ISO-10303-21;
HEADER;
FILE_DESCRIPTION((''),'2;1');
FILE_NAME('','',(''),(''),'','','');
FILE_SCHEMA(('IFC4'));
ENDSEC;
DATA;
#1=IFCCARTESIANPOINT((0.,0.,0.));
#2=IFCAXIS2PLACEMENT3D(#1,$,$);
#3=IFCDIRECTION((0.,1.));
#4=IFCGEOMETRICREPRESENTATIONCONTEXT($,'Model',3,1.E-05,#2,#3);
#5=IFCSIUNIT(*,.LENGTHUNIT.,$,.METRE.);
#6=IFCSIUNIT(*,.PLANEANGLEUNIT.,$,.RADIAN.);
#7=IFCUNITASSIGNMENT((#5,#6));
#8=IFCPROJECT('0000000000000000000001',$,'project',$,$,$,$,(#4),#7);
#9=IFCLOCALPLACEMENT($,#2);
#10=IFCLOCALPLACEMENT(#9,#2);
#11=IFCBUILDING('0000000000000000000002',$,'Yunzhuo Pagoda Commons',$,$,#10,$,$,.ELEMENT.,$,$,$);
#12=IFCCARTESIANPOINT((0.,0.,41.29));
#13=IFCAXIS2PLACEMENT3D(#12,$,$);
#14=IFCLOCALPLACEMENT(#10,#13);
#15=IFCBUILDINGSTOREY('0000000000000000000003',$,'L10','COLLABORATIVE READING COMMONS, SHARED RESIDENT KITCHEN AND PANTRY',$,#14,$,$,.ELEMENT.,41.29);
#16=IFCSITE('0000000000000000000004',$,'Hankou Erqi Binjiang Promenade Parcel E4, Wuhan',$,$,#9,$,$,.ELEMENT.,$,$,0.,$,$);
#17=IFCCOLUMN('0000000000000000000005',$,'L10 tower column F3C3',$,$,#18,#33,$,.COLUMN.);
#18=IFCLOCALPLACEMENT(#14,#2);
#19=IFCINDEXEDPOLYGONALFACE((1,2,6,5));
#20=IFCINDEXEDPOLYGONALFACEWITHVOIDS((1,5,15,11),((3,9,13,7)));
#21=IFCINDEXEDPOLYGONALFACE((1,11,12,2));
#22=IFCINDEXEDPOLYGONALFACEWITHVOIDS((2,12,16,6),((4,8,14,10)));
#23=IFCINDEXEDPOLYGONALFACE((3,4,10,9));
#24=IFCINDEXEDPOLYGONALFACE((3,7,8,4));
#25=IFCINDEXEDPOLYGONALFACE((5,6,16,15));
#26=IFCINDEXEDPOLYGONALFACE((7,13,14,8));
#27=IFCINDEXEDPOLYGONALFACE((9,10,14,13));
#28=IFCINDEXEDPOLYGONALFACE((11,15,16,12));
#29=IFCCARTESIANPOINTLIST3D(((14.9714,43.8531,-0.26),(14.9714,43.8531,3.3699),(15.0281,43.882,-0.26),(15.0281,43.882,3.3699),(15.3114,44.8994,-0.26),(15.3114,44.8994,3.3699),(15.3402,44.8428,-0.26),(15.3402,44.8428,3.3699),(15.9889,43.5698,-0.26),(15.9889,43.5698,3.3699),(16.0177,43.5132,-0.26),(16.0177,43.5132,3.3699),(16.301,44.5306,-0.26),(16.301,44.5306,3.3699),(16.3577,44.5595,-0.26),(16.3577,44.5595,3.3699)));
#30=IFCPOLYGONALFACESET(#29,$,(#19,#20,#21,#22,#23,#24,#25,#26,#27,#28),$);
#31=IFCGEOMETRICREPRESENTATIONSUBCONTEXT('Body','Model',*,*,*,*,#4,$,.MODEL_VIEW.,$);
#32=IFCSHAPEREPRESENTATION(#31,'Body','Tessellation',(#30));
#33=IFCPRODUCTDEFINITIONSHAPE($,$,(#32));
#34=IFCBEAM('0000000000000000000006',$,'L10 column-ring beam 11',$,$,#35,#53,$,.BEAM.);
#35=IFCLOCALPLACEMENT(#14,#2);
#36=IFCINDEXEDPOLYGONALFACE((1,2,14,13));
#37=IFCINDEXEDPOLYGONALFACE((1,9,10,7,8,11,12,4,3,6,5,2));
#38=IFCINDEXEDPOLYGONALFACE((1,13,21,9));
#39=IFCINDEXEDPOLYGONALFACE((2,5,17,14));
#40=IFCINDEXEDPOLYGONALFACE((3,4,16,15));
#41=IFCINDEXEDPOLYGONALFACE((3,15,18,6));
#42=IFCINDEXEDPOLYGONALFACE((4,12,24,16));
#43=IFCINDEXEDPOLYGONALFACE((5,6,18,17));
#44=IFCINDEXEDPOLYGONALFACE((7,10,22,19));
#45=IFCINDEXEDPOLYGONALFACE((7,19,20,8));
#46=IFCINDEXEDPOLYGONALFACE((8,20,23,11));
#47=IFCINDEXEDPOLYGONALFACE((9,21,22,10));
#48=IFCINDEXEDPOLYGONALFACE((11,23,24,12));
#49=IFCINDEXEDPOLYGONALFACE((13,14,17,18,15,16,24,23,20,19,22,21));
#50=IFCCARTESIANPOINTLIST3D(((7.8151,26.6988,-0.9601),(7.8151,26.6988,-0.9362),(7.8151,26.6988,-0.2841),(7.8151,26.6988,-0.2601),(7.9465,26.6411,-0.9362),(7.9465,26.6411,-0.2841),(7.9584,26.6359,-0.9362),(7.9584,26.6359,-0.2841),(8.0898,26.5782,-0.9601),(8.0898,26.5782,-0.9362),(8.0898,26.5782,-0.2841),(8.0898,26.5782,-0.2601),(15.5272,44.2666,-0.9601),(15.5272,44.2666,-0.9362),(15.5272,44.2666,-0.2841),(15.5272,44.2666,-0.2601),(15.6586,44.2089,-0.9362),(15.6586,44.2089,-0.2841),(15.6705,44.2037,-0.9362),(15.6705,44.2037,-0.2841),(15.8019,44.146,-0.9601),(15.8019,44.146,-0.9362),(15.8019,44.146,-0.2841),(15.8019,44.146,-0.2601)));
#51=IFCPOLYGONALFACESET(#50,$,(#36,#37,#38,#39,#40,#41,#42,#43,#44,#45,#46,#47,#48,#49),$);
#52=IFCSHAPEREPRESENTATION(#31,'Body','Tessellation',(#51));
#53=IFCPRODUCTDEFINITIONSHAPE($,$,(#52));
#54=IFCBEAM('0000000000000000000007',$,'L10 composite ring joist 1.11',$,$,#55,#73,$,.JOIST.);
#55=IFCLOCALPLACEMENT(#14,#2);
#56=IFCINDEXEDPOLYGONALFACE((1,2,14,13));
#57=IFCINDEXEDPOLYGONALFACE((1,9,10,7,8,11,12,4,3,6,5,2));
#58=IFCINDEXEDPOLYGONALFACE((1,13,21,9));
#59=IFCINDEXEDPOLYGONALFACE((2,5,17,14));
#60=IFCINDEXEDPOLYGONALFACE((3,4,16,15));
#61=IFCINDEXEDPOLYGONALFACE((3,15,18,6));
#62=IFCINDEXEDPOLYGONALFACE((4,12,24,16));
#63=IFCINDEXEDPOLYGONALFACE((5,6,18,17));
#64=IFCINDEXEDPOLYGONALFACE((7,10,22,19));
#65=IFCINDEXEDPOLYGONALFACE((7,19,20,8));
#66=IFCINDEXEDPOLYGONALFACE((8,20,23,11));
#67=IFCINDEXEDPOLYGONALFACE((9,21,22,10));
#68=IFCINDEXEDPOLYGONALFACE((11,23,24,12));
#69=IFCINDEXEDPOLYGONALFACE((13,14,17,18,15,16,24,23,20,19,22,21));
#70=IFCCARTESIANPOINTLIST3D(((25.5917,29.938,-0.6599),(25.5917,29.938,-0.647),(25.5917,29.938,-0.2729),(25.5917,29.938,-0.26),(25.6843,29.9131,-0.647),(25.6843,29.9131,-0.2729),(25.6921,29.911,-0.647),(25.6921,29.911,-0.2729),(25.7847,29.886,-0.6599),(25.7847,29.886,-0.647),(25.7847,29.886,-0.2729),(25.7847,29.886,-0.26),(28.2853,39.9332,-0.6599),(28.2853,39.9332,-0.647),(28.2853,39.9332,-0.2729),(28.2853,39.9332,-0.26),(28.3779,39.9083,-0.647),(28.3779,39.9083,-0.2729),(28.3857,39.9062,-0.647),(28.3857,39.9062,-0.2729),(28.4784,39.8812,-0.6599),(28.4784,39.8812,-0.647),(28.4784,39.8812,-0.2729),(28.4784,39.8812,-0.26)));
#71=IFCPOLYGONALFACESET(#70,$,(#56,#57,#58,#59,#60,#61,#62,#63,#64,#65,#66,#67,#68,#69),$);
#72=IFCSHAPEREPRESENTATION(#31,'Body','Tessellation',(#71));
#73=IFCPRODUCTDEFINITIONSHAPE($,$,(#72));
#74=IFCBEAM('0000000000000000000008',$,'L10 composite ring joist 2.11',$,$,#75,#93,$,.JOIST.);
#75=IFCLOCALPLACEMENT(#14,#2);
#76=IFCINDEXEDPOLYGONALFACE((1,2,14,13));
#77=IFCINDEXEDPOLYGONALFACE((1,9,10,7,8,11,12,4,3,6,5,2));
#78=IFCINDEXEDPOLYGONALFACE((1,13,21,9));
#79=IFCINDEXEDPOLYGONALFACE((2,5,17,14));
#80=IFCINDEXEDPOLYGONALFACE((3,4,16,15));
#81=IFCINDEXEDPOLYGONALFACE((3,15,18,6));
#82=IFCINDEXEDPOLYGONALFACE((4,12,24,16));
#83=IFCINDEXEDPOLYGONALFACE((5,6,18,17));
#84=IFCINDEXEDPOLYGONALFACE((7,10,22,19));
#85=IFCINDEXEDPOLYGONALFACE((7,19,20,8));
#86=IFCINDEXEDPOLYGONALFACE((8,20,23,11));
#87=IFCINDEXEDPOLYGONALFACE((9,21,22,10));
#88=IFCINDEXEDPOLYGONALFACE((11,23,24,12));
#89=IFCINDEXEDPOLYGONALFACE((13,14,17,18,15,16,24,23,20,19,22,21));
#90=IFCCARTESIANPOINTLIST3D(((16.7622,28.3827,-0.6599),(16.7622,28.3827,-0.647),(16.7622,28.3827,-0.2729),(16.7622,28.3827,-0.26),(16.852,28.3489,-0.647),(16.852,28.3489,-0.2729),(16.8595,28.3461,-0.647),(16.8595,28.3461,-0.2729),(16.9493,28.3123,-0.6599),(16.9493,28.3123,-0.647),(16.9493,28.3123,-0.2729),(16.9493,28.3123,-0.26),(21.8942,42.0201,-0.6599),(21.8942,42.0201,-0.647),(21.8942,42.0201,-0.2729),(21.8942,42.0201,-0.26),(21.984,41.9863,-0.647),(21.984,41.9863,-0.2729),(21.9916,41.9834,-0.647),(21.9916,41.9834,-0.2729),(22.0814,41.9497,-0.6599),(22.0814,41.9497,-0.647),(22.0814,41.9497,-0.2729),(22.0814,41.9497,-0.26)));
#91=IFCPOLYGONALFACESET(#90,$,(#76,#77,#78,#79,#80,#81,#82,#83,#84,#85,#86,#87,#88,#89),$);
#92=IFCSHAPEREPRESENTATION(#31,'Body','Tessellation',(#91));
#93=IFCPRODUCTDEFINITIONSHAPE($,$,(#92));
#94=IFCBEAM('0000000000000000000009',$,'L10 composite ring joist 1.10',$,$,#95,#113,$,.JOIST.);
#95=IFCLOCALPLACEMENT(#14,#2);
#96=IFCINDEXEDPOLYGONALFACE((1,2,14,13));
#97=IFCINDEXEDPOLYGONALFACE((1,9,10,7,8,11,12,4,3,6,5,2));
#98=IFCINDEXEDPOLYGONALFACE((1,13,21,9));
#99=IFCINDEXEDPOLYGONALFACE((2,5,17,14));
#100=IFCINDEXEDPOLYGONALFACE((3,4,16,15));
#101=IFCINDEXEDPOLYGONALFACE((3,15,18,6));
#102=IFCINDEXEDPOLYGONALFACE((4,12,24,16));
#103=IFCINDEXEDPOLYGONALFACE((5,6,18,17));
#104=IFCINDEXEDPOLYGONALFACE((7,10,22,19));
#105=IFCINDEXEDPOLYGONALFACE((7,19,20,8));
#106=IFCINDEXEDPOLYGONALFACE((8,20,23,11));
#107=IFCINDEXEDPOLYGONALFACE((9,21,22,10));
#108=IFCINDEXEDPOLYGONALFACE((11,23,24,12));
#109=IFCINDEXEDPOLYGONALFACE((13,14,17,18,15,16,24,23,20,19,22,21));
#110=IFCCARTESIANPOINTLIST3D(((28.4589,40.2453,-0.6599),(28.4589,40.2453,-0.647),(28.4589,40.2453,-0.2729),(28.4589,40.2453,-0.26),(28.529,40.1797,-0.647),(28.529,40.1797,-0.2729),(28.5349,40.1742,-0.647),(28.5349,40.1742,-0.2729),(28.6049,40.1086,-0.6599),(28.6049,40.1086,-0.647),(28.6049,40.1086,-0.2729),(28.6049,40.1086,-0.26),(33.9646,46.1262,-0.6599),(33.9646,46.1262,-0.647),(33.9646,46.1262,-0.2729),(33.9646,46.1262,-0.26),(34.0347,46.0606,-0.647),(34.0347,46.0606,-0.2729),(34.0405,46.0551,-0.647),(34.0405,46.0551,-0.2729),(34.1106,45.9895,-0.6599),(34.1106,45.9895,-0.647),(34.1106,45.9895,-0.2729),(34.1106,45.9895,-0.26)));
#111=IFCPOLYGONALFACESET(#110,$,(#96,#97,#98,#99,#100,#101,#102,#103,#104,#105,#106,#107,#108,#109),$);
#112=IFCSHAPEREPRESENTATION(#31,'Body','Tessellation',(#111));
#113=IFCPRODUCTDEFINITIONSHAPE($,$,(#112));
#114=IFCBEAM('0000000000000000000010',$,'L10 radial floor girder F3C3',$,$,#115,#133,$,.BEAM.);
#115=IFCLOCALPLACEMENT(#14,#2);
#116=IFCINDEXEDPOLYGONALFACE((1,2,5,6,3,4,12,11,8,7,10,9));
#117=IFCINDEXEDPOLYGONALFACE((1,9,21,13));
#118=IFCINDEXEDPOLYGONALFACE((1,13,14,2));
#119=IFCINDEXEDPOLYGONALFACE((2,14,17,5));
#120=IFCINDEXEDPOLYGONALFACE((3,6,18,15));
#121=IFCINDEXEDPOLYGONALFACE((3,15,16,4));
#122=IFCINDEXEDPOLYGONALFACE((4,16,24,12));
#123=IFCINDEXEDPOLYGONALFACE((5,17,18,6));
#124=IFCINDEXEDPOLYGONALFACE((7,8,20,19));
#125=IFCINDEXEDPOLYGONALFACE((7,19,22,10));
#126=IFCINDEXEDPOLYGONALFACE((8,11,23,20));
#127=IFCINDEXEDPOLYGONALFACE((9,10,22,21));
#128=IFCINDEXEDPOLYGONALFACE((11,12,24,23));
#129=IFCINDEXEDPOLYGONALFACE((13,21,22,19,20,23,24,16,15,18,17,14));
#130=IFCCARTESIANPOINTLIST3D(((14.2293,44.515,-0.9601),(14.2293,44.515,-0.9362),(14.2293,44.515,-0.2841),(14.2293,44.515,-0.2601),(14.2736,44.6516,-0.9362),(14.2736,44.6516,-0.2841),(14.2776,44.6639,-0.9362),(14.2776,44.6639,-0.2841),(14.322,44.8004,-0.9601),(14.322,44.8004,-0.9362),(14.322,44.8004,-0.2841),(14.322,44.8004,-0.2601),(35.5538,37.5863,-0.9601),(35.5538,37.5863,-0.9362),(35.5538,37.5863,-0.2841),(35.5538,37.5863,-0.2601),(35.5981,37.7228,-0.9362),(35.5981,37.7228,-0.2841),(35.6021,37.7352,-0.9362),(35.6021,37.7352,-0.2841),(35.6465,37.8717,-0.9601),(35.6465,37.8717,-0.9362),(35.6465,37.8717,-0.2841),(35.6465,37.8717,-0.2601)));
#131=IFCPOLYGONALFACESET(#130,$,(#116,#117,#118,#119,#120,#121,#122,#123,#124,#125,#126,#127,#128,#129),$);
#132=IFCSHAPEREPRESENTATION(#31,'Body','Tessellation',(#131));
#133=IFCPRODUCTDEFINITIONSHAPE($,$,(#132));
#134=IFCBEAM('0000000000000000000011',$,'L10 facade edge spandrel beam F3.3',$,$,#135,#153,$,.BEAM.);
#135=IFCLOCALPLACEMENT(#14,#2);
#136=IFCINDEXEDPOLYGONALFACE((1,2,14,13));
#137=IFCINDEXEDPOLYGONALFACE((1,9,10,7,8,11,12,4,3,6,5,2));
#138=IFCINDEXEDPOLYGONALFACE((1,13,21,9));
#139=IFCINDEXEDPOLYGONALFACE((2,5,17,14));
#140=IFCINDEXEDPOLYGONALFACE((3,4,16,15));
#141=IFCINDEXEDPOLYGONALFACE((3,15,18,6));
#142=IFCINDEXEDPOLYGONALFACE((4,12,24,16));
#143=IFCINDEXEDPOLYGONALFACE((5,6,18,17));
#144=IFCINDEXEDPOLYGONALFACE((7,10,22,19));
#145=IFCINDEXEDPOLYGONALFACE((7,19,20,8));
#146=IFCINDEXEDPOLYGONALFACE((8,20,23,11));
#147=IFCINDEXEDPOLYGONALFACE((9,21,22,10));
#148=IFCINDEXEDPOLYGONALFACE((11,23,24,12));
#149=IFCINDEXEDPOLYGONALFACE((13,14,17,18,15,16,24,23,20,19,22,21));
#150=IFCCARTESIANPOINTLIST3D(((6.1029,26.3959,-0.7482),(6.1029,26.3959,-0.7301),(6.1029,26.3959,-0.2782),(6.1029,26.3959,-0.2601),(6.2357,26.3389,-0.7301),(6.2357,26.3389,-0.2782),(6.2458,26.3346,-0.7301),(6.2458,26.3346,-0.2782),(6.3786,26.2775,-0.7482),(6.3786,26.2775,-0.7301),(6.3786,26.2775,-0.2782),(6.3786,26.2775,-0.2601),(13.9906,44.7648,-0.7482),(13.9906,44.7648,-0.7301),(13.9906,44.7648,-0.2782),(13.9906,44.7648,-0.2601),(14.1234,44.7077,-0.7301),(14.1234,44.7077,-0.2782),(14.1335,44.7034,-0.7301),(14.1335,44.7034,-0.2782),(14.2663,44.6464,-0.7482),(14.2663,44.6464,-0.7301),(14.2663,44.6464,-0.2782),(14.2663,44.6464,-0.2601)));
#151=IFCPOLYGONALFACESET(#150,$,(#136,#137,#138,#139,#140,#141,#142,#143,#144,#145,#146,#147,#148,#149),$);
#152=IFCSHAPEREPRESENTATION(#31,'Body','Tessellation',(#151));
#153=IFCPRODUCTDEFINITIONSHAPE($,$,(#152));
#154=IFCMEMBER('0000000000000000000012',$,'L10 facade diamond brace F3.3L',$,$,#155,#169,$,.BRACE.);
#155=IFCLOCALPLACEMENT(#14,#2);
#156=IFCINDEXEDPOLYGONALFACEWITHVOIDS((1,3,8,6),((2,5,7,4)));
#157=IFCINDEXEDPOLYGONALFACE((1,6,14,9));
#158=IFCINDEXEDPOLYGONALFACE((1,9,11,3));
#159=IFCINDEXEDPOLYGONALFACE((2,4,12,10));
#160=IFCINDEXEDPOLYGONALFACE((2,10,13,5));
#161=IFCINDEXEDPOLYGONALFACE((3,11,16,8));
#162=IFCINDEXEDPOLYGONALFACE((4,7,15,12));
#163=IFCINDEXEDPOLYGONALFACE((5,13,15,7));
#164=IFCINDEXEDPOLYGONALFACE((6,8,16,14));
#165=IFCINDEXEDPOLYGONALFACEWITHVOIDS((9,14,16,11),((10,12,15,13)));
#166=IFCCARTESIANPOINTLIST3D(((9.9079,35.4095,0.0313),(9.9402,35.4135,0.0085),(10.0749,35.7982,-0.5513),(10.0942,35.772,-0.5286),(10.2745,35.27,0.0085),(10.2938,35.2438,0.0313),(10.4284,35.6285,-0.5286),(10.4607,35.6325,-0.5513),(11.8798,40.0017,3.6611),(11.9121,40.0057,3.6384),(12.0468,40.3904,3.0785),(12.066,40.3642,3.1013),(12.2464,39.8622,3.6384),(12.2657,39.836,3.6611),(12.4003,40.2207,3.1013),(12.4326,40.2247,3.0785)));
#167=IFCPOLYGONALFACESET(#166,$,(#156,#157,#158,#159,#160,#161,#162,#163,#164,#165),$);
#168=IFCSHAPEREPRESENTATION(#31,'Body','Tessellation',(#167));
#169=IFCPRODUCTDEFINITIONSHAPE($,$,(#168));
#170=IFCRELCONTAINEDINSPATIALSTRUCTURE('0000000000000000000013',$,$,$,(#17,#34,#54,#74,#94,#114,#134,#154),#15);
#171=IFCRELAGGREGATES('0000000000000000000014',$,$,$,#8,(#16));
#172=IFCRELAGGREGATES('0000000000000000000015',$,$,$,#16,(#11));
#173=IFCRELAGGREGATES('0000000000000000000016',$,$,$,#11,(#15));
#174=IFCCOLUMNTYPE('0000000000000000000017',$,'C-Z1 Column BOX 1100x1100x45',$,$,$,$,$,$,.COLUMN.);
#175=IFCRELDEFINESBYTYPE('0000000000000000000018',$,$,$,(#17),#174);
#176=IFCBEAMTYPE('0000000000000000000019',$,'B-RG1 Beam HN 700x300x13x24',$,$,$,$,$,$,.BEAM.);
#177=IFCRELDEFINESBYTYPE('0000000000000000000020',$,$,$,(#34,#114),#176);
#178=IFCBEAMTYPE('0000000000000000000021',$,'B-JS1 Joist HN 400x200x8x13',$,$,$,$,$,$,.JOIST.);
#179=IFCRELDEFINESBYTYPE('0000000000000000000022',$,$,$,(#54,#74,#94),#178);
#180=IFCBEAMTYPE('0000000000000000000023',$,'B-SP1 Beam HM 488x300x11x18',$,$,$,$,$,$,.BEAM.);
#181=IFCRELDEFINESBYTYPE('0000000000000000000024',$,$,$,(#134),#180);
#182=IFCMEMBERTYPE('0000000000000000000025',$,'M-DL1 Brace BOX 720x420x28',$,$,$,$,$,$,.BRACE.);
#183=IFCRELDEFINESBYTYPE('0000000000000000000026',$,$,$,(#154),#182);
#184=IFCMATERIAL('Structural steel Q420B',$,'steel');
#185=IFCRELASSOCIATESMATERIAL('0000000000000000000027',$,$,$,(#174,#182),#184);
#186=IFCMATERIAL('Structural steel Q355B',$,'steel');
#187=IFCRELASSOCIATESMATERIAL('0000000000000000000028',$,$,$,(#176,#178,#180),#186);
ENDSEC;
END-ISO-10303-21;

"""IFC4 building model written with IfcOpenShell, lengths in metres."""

from ifc_helpers import new_model, si_unit, direction, frame, origin, origin_2d, place, context, subcontext, project, spatial, hollow_rectangle, i_section, extrude, source, transform, mapped, material, material_profile, profile_set, type_object, element, save


model = new_model("IFC4")

# Units and contexts
model_context = context("Model", 3, precision=1e-05, world=origin(), true_north=direction((0.0, 1.0)))
body_context = subcontext(model_context, "Body", "Model", "MODEL_VIEW")
ifc_project = project(units=[si_unit("LENGTHUNIT", "METRE"), si_unit("PLANEANGLEUNIT", "RADIAN")], contexts=[model_context])

# Site, building, storey
site_placement = place(None, origin())
site = spatial("IfcSite", under=ifc_project, at=site_placement, Name="Hankou Erqi Binjiang Promenade Parcel E4, Wuhan", CompositionType="ELEMENT", RefElevation=0.0)
building_placement = place(site_placement, origin())
building = spatial("IfcBuilding", under=site, at=building_placement, Name="Yunzhuo Pagoda Commons", CompositionType="ELEMENT")
storey_placement = place(building_placement, frame((0.0, 0.0, 41.29)))
storey = spatial("IfcBuildingStorey", under=building, at=storey_placement, Name="L10", Description="COLLABORATIVE READING COMMONS, SHARED RESIDENT KITCHEN AND PANTRY", CompositionType="ELEMENT", Elevation=41.29)

# Column
ifc_material_1 = material(Name="Structural steel Q420B", Category="steel")
ifc_material_profile_1 = material_profile(ifc_material_1, hollow_rectangle(XDim=1.1001, YDim=1.1001, WallThickness=0.0449, at=origin_2d()), Name="Structural steel Q420B")
ifc_profile_set_1 = profile_set([ifc_material_profile_1], Name="Structural steel Q420B")
column_type = type_object("IfcColumnType", Name="C-Z1 Column BOX 1100x1100x45", PredefinedType="COLUMN", material=ifc_profile_set_1)
shared_shape_1 = source(origin(), body_context, "Body", "SweptSolid", [
    extrude(hollow_rectangle(XDim=1.1001, YDim=1.1001, WallThickness=0.0449, at=origin_2d()), origin(), (0.0, 0.0, 1.0), 3.6299),
])
column_placement = place(storey_placement, frame((15.6646, 44.2063, -0.26), z_axis=(0.0, 0.0, 1.0), x_axis=(-0.309017, -0.951057, 0.0)))
element("IfcColumn", 1, at=column_placement, inside=storey, type_object=column_type, Name="L10 tower column F3C3", PredefinedType="COLUMN", context=body_context, shape_type="MappedRepresentation", body=[
    mapped(shared_shape_1, transform((0.0, 0.0, 0.0), scale=1.0)),
])

# Beams
ifc_material_2 = material(Name="Structural steel Q355B", Category="steel")
ifc_material_profile_2 = material_profile(ifc_material_2, i_section(OverallWidth=0.3, OverallDepth=0.7, WebThickness=0.0129, FlangeThickness=0.0239, at=origin_2d()), Name="Structural steel Q355B")
ifc_profile_set_2 = profile_set([ifc_material_profile_2], Name="Structural steel Q355B")
beam_type_1 = type_object("IfcBeamType", Name="B-RG1 Beam HN 700x300x13x24", PredefinedType="BEAM", material=ifc_profile_set_2)
shared_shape_2 = source(origin(), body_context, "Body", "SweptSolid", [
    extrude(i_section(OverallWidth=0.3, OverallDepth=0.7, WebThickness=0.0129, FlangeThickness=0.0239, at=origin_2d()), origin(), (0.0, 0.0, 1.0), 19.186),
])
beam_1_placement = place(storey_placement, frame((15.6646, 44.2063, -0.6101), z_axis=(-0.401965, -0.915655, 0.0), x_axis=(0.915655, -0.401965, 0.0)))
element("IfcBeam", 2, at=beam_1_placement, inside=storey, type_object=beam_type_1, Name="L10 column-ring beam 11", PredefinedType="BEAM", context=body_context, shape_type="MappedRepresentation", body=[
    mapped(shared_shape_2, transform((0.0, 0.0, 0.0), scale=1.0)),
])
ifc_material_profile_3 = material_profile(ifc_material_2, i_section(OverallWidth=0.2, OverallDepth=0.3999, WebThickness=0.0081, FlangeThickness=0.0129, at=origin_2d()), Name="Structural steel Q355B")
ifc_profile_set_3 = profile_set([ifc_material_profile_3], Name="Structural steel Q355B")
beam_type_2 = type_object("IfcBeamType", Name="B-JS1 Joist HN 400x200x8x13", PredefinedType="JOIST", material=ifc_profile_set_3)
shared_shape_3 = source(origin(), body_context, "Body", "SweptSolid", [
    extrude(i_section(OverallWidth=0.2, OverallDepth=0.3999, WebThickness=0.0081, FlangeThickness=0.0129, at=origin_2d()), origin(), (0.0, 0.0, 1.0), 10.3518),
])
beam_2_placement = place(storey_placement, frame((28.3818, 39.9072, -0.46), z_axis=(-0.260209, -0.965552, 0.0), x_axis=(0.965552, -0.260209, 0.0)))
element("IfcBeam", 3, at=beam_2_placement, inside=storey, type_object=beam_type_2, Name="L10 composite ring joist 1.11", PredefinedType="JOIST", context=body_context, shape_type="MappedRepresentation", body=[
    mapped(shared_shape_3, transform((0.0, 0.0, 0.0), scale=1.0)),
])
shared_shape_4 = source(origin(), body_context, "Body", "SweptSolid", [
    extrude(i_section(OverallWidth=0.2, OverallDepth=0.3999, WebThickness=0.0081, FlangeThickness=0.0129, at=origin_2d()), origin(), (0.0, 0.0, 1.0), 14.571),
])
beam_3_placement = place(storey_placement, frame((21.9878, 41.9849, -0.46), z_axis=(-0.352208, -0.935922, 0.0), x_axis=(0.935922, -0.352208, 0.0)))
element("IfcBeam", 4, at=beam_3_placement, inside=storey, type_object=beam_type_2, Name="L10 composite ring joist 2.11", PredefinedType="JOIST", context=body_context, shape_type="MappedRepresentation", body=[
    mapped(shared_shape_4, transform((0.0, 0.0, 0.0), scale=1.0)),
])
shared_shape_5 = source(origin(), body_context, "Body", "SweptSolid", [
    extrude(i_section(OverallWidth=0.2, OverallDepth=0.3999, WebThickness=0.0081, FlangeThickness=0.0129, at=origin_2d()), origin(), (0.0, 0.0, 1.0), 8.0559),
])
beam_4_placement = place(storey_placement, frame((34.0376, 46.0579, -0.46), z_axis=(-0.683433, -0.730013, 0.0), x_axis=(0.730013, -0.683433, 0.0)))
element("IfcBeam", 5, at=beam_4_placement, inside=storey, type_object=beam_type_2, Name="L10 composite ring joist 1.10", PredefinedType="JOIST", context=body_context, shape_type="MappedRepresentation", body=[
    mapped(shared_shape_5, transform((0.0, 0.0, 0.0), scale=1.0)),
])
shared_shape_6 = source(origin(), body_context, "Body", "SweptSolid", [
    extrude(i_section(OverallWidth=0.3, OverallDepth=0.7, WebThickness=0.0129, FlangeThickness=0.0239, at=origin_2d()), origin(), (0.0, 0.0, 1.0), 22.4219),
])
beam_5_placement = place(storey_placement, frame((14.2756, 44.6577, -0.6101), z_axis=(0.951057, -0.309016, 0.0), x_axis=(0.309016, 0.951057, 0.0)))
element("IfcBeam", 6, at=beam_5_placement, inside=storey, type_object=beam_type_1, Name="L10 radial floor girder F3C3", PredefinedType="BEAM", context=body_context, shape_type="MappedRepresentation", body=[
    mapped(shared_shape_6, transform((0.0, 0.0, 0.0), scale=1.0)),
])
ifc_material_profile_4 = material_profile(ifc_material_2, i_section(OverallWidth=0.3, OverallDepth=0.488, WebThickness=0.011, FlangeThickness=0.0181, at=origin_2d()), Name="Structural steel Q355B")
ifc_profile_set_4 = profile_set([ifc_material_profile_4], Name="Structural steel Q355B")
beam_type_3 = type_object("IfcBeamType", Name="B-SP1 Beam HM 488x300x11x18", PredefinedType="BEAM", material=ifc_profile_set_4)
shared_shape_7 = source(origin(), body_context, "Body", "SweptSolid", [
    extrude(i_section(OverallWidth=0.3, OverallDepth=0.488, WebThickness=0.011, FlangeThickness=0.0181, at=origin_2d()), origin(), (0.0, 0.0, 1.0), 19.9907),
])
beam_6_placement = place(storey_placement, frame((14.1284, 44.7056, -0.5042), z_axis=(-0.394566, -0.918867, 0.0), x_axis=(0.918867, -0.394566, 0.0)))
element("IfcBeam", 7, at=beam_6_placement, inside=storey, type_object=beam_type_3, Name="L10 facade edge spandrel beam F3.3", PredefinedType="BEAM", context=body_context, shape_type="MappedRepresentation", body=[
    mapped(shared_shape_7, transform((0.0, 0.0, 0.0), scale=1.0)),
])

# Member
ifc_material_profile_5 = material_profile(ifc_material_1, hollow_rectangle(XDim=0.4199, YDim=0.72, WallThickness=0.0281, at=origin_2d()), Name="Structural steel Q420B")
ifc_profile_set_5 = profile_set([ifc_material_profile_5], Name="Structural steel Q420B")
member_type_1 = type_object("IfcMemberType", Name="M-DL1 Brace BOX 720x420x28", PredefinedType="BRACE", material=ifc_profile_set_5)
shared_shape_8 = source(origin(), body_context, "Body", "SweptSolid", [
    extrude(hollow_rectangle(XDim=0.4199, YDim=0.72, WallThickness=0.0281, at=origin_2d()), origin(), (0.0, 0.0, 1.0), 6.1768),
])
for number, where, z_axis, x_axis, name in (
    (8, (10.1843, 35.521, -0.26), (0.319244, 0.743466, 0.587658), (-0.918869, 0.394562, 0.0), "L10 facade diamond brace F3.3L"),
):
    element("IfcMember", number, at=place(storey_placement, frame(where, z_axis=z_axis, x_axis=x_axis)), inside=storey, type_object=member_type_1, Name=name, PredefinedType="BRACE", context=body_context, shape_type="MappedRepresentation", body=[
        mapped(shared_shape_8, transform((0.0, 0.0, 0.0), scale=1.0)),
    ])

save(model, "model.ifc")
